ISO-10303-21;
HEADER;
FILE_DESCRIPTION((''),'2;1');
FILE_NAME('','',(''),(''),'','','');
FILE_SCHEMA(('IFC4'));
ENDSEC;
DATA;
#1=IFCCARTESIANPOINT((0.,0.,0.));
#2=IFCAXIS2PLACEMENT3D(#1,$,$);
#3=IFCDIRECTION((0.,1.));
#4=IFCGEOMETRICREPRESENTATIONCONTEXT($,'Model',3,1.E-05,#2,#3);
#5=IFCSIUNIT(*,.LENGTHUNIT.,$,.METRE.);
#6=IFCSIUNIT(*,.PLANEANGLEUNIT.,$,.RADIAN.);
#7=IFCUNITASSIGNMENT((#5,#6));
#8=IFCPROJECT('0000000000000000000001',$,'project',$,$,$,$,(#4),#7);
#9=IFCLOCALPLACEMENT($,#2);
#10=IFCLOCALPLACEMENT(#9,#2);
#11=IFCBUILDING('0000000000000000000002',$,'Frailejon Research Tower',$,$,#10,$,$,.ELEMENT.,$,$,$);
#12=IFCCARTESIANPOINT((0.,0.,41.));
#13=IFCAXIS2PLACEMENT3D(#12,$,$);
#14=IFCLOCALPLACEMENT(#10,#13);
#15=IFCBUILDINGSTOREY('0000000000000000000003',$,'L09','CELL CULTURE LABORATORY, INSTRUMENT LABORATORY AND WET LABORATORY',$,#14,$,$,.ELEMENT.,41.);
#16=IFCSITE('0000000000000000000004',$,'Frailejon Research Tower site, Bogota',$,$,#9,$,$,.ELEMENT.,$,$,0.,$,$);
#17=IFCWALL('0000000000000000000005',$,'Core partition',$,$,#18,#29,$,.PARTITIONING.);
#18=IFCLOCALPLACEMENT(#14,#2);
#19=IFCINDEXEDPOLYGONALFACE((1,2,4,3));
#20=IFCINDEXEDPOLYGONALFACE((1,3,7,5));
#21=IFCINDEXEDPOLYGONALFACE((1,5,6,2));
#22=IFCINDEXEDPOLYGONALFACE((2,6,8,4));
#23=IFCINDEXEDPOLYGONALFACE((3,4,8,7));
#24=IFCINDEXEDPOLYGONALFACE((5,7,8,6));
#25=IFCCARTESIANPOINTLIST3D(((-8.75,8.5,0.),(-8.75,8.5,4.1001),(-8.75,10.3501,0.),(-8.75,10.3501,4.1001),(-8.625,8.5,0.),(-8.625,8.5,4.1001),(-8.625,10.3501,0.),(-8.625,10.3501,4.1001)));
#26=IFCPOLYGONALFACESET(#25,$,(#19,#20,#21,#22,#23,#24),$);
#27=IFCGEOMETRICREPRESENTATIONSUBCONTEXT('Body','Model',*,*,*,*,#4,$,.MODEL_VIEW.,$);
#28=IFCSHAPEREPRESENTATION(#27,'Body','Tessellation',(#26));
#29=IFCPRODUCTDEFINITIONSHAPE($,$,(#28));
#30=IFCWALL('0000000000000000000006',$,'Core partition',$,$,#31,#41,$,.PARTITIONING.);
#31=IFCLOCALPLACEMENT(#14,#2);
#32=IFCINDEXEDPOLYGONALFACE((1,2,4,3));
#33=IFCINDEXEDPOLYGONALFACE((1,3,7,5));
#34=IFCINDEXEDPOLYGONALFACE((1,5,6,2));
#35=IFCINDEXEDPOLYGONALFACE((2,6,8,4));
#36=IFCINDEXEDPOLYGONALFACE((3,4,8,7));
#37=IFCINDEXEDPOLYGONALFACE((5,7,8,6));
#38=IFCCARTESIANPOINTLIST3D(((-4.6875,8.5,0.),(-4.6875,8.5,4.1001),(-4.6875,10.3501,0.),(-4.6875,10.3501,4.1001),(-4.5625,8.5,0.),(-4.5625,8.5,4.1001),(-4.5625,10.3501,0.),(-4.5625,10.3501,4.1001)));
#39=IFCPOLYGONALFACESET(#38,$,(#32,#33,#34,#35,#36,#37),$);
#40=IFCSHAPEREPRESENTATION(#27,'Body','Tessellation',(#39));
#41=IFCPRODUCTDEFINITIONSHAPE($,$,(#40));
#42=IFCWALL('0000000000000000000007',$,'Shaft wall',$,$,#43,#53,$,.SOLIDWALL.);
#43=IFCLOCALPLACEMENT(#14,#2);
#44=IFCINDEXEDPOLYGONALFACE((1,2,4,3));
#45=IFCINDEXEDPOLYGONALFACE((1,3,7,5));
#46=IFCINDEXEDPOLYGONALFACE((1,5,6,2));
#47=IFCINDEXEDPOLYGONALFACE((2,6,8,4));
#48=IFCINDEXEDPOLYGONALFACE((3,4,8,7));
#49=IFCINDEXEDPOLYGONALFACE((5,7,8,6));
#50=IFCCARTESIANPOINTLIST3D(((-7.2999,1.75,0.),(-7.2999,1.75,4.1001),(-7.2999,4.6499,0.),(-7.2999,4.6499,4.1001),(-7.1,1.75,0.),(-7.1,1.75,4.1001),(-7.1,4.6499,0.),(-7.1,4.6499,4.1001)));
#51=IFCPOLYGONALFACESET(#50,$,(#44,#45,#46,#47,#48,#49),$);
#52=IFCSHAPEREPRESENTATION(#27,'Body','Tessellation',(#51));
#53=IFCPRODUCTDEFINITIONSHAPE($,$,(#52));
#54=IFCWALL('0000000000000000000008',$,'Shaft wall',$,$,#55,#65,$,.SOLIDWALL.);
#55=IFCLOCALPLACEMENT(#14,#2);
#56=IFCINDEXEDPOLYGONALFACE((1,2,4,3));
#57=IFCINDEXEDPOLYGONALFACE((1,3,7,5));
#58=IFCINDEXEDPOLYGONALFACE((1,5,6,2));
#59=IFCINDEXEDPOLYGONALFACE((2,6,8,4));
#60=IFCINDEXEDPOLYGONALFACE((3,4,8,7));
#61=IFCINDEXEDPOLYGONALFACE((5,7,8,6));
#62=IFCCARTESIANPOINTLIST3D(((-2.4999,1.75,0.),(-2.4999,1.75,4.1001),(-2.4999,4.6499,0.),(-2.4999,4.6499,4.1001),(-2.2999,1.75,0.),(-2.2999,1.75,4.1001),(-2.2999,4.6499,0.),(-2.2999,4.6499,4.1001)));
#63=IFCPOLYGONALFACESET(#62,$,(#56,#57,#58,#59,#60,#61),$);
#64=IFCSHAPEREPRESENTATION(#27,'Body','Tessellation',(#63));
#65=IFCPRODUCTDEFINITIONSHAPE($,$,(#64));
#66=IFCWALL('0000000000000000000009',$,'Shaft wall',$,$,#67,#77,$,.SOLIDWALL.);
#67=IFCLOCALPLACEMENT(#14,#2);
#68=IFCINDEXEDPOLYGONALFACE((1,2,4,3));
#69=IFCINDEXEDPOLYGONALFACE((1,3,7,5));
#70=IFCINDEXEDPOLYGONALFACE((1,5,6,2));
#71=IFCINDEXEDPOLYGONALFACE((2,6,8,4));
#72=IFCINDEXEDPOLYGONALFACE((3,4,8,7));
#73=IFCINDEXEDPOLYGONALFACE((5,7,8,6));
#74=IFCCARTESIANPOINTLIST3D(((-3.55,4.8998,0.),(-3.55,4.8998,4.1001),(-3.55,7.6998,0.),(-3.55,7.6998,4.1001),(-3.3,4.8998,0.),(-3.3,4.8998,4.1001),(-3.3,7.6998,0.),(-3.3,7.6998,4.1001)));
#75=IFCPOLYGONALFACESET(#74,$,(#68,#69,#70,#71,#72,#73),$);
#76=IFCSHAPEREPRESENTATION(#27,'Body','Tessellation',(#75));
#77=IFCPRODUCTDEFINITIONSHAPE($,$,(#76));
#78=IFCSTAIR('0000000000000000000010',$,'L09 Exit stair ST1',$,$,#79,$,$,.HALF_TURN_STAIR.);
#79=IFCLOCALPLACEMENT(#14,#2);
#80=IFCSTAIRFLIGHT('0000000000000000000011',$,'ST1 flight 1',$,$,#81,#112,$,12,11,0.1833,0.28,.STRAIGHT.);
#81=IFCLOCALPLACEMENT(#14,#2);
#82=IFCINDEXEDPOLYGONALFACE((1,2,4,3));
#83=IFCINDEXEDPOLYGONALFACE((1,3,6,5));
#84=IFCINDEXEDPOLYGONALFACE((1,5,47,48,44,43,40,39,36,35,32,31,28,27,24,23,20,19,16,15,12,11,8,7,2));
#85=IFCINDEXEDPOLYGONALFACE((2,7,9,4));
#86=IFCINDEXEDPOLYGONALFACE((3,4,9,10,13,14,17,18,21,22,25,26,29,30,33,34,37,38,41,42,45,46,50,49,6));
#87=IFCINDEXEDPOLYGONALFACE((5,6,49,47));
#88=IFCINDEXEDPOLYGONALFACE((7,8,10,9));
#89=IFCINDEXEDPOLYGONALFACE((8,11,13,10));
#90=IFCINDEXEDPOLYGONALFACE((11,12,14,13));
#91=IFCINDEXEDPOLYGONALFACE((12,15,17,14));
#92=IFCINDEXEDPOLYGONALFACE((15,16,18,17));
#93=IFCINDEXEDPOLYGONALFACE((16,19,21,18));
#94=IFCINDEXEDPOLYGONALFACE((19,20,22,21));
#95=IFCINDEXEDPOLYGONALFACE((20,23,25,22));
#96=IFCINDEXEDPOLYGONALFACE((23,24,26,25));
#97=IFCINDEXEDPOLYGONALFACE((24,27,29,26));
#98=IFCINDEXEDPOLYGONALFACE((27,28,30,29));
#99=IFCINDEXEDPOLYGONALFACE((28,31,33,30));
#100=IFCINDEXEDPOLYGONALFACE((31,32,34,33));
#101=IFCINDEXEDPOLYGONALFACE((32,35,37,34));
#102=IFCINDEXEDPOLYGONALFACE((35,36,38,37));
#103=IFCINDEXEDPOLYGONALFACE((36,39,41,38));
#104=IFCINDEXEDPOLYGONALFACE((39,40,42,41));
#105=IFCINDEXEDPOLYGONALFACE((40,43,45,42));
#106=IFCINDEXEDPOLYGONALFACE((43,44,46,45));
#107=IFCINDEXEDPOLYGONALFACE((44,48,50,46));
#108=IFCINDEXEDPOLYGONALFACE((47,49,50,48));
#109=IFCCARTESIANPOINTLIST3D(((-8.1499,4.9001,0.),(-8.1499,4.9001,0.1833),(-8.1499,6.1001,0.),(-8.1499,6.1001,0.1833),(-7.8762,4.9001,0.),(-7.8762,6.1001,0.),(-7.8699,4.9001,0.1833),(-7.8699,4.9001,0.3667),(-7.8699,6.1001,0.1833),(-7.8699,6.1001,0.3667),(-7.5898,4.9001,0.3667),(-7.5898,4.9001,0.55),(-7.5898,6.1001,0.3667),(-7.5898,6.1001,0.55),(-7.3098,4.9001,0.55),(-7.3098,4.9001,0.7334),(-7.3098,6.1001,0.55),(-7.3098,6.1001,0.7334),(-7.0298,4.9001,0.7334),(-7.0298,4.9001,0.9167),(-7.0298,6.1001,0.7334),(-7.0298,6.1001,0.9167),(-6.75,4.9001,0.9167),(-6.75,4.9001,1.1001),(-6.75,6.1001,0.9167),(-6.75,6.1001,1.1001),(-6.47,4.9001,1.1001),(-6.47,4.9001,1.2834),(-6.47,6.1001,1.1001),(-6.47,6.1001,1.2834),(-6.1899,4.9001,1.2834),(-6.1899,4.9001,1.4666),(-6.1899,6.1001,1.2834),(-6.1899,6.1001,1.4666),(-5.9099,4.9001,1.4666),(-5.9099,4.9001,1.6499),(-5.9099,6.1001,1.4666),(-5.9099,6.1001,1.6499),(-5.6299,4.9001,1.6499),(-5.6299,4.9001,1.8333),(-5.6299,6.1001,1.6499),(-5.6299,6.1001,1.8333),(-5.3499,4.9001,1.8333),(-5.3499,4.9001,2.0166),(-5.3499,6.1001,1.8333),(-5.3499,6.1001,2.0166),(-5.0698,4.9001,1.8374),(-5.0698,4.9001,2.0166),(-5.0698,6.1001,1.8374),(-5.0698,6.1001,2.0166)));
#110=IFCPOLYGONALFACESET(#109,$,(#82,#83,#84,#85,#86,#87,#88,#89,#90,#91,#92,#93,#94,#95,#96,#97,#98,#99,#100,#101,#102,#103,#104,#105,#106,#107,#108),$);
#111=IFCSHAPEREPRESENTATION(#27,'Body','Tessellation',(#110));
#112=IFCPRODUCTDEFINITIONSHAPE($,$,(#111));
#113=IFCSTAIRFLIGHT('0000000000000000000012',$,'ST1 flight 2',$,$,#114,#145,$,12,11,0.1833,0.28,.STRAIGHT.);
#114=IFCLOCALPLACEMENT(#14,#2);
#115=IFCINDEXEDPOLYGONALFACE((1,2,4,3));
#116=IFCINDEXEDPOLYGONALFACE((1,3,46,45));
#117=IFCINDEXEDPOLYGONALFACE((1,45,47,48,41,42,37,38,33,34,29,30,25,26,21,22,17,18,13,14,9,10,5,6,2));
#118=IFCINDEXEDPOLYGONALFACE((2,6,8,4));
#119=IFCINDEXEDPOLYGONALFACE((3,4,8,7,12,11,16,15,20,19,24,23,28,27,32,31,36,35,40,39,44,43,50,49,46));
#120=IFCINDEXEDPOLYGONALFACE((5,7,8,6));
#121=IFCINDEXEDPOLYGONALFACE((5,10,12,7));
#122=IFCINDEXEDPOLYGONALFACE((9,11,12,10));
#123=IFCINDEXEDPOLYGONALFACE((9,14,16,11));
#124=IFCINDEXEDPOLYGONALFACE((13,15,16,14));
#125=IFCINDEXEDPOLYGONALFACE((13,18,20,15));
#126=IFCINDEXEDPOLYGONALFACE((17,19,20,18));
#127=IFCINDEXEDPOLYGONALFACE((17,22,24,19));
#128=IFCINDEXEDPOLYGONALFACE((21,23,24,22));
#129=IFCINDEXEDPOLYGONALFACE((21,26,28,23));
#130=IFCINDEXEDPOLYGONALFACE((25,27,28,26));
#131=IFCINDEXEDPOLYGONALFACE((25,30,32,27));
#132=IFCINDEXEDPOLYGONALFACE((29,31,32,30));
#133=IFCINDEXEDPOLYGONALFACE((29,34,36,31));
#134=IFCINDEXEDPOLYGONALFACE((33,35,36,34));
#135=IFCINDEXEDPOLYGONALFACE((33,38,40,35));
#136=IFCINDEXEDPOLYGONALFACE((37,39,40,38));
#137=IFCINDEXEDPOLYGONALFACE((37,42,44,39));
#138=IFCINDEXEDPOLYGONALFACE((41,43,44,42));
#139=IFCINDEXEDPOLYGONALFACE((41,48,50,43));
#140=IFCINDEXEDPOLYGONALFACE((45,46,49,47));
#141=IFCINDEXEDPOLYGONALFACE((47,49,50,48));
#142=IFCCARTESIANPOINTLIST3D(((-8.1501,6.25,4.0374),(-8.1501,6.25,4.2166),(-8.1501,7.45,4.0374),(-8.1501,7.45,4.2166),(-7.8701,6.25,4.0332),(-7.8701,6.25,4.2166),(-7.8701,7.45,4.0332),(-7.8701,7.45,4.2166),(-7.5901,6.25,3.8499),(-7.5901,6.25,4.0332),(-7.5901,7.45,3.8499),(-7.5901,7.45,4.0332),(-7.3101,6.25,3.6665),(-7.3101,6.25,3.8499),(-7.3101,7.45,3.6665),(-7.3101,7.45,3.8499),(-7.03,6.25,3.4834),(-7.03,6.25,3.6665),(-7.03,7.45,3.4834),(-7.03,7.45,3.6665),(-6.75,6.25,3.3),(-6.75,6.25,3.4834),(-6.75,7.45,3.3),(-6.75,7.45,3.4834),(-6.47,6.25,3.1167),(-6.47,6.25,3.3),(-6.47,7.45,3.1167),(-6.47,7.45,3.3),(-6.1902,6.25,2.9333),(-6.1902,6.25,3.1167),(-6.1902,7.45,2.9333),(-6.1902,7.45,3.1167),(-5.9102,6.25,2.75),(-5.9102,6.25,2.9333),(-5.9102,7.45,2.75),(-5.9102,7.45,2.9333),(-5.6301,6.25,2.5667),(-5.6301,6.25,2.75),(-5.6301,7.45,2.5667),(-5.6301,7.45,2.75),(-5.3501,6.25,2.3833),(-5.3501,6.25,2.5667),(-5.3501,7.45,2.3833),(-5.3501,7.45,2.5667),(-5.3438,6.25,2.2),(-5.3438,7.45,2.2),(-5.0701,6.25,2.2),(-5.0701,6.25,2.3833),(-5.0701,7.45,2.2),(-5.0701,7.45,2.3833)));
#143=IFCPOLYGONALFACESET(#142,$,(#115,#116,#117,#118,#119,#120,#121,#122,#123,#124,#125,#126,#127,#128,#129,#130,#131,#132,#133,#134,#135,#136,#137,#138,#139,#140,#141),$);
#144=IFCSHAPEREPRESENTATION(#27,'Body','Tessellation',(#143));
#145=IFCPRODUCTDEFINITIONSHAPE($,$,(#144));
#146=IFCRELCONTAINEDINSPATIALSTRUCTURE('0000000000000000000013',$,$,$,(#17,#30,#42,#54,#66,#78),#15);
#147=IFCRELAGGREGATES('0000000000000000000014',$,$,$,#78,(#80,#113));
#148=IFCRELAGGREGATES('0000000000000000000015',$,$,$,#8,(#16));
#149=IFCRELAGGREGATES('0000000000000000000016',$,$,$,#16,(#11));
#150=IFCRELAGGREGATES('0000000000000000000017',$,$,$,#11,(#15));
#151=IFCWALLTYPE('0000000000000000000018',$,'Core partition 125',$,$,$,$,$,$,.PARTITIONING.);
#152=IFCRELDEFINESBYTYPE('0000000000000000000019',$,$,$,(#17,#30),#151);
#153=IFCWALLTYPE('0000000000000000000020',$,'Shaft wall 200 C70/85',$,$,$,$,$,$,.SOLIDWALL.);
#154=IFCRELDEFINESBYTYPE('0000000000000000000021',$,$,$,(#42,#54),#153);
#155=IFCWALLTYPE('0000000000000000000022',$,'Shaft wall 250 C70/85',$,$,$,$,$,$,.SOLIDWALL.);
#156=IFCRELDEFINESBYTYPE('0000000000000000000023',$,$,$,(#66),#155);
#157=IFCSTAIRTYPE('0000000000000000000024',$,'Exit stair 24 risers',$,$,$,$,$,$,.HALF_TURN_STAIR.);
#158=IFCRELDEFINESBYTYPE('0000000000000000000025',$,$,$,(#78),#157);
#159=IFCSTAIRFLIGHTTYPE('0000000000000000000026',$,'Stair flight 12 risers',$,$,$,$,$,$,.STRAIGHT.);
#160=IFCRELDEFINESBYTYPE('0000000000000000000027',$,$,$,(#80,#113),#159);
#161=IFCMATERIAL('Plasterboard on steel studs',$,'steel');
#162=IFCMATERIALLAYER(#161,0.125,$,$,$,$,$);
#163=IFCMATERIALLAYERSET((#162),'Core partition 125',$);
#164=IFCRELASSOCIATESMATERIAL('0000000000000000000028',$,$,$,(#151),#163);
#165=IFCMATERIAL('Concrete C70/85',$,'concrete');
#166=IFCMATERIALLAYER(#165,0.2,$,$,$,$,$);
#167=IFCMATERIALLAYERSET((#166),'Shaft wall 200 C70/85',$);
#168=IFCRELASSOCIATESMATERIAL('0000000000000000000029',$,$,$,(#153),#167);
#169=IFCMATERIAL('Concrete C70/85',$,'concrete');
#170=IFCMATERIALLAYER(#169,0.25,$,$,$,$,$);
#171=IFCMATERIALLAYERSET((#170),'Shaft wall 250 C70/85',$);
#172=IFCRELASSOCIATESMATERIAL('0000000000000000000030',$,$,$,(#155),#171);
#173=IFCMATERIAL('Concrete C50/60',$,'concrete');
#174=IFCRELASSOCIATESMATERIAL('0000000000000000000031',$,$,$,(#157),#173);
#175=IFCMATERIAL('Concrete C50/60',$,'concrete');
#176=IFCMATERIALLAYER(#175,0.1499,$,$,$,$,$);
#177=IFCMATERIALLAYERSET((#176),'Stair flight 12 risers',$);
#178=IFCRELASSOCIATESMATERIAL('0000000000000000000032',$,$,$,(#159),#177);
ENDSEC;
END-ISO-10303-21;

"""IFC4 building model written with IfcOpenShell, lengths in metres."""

from ifc_helpers import new_model, si_unit, direction, frame, frame_2d, origin, place, context, subcontext, project, spatial, polyline, rectangle, outline, extrude, material, layer, layer_set, type_object, element, aggregate, save


model = new_model("IFC4")

# Units and contexts
model_context = context("Model", 3, precision=1e-05, world=origin(), true_north=direction((0.0, 1.0)))
body_context = subcontext(model_context, "Body", "Model", "MODEL_VIEW")
ifc_project = project(units=[si_unit("LENGTHUNIT", "METRE"), si_unit("PLANEANGLEUNIT", "RADIAN")], contexts=[model_context])

# Site, building, storey
site_placement = place(None, origin())
site = spatial("IfcSite", under=ifc_project, at=site_placement, Name="Frailejon Research Tower site, Bogota", CompositionType="ELEMENT", RefElevation=0.0)
building_placement = place(site_placement, origin())
building = spatial("IfcBuilding", under=site, at=building_placement, Name="Frailejon Research Tower", CompositionType="ELEMENT")
storey_placement = place(building_placement, frame((0.0, 0.0, 41.0)))
storey = spatial("IfcBuildingStorey", under=building, at=storey_placement, Name="L09", Description="CELL CULTURE LABORATORY, INSTRUMENT LABORATORY AND WET LABORATORY", CompositionType="ELEMENT", Elevation=41.0)

# Walls
ifc_material_1 = material(Name="Plasterboard on steel studs", Category="steel")
ifc_layer_1 = layer(ifc_material_1, 0.125)
ifc_layer_set_1 = layer_set([ifc_layer_1], Name="Core partition 125")
wall_type_1 = type_object("IfcWallType", Name="Core partition 125", PredefinedType="PARTITIONING", material=ifc_layer_set_1)
for number, where, z_axis, x_axis, name in (
    (1, (-8.6875, 8.5, 0.0), (0.0, 0.0, 1.0), (0.0, 1.0, 0.0), "Core partition"),
    (2, (-4.625, 8.5, 0.0), (0.0, 0.0, 1.0), (0.0, 1.0, 0.0), "Core partition"),
):
    element("IfcWall", number, at=place(storey_placement, frame(where, z_axis=z_axis, x_axis=x_axis)), inside=storey, type_object=wall_type_1, Name=name, PredefinedType="PARTITIONING", context=body_context, shape_type="SweptSolid", body=[
        extrude(rectangle(XDim=1.8501, YDim=0.125, at=frame_2d((0.925, 0.0))), origin(), (0.0, 0.0, 1.0), 4.1001),
    ])
ifc_material_2 = material(Name="Concrete C70/85", Category="concrete")
ifc_layer_2 = layer(ifc_material_2, 0.2)
ifc_layer_set_2 = layer_set([ifc_layer_2], Name="Shaft wall 200 C70/85")
wall_type_2 = type_object("IfcWallType", Name="Shaft wall 200 C70/85", PredefinedType="SOLIDWALL", material=ifc_layer_set_2)
for number, where, z_axis, x_axis, name in (
    (3, (-7.2, 1.75, 0.0), (0.0, 0.0, 1.0), (0.0, 1.0, 0.0), "Shaft wall"),
    (4, (-2.3999, 1.75, 0.0), (0.0, 0.0, 1.0), (0.0, 1.0, 0.0), "Shaft wall"),
):
    element("IfcWall", number, at=place(storey_placement, frame(where, z_axis=z_axis, x_axis=x_axis)), inside=storey, type_object=wall_type_2, Name=name, PredefinedType="SOLIDWALL", context=body_context, shape_type="SweptSolid", body=[
        extrude(rectangle(XDim=2.8999, YDim=0.2, at=frame_2d((1.45, 0.0))), origin(), (0.0, 0.0, 1.0), 4.1001),
    ])
ifc_material_3 = material(Name="Concrete C70/85", Category="concrete")
ifc_layer_3 = layer(ifc_material_3, 0.25)
ifc_layer_set_3 = layer_set([ifc_layer_3], Name="Shaft wall 250 C70/85")
wall_type_3 = type_object("IfcWallType", Name="Shaft wall 250 C70/85", PredefinedType="SOLIDWALL", material=ifc_layer_set_3)
wall_placement = place(storey_placement, frame((-3.425, 4.8999, 0.0), z_axis=(0.0, 0.0, 1.0), x_axis=(0.0, 1.0, 0.0)))
element("IfcWall", 5, at=wall_placement, inside=storey, type_object=wall_type_3, Name="Shaft wall", PredefinedType="SOLIDWALL", context=body_context, shape_type="SweptSolid", body=[
    extrude(rectangle(XDim=2.8, YDim=0.25, at=frame_2d((1.3999, 0.0))), origin(), (0.0, 0.0, 1.0), 4.1001),
])

# Stair, stair flights
ifc_material_4 = material(Name="Concrete C50/60", Category="concrete")
stair_type = type_object("IfcStairType", Name="Exit stair 24 risers", PredefinedType="HALF_TURN_STAIR", material=ifc_material_4)
stair_placement = place(storey_placement, origin())
stair = element("IfcStair", 6, at=stair_placement, inside=storey, type_object=stair_type, Name="L09 Exit stair ST1", PredefinedType="HALF_TURN_STAIR")
ifc_material_5 = material(Name="Concrete C50/60", Category="concrete")
ifc_layer_4 = layer(ifc_material_5, 0.1499)
ifc_layer_set_4 = layer_set([ifc_layer_4], Name="Stair flight 12 risers")
stair_flight_type = type_object("IfcStairFlightType", Name="Stair flight 12 risers", PredefinedType="STRAIGHT", material=ifc_layer_set_4)
stair_flight_1_placement = place(storey_placement, frame((-8.1499, 5.5, 0.0), z_axis=(0.0, 0.0, 1.0), x_axis=(1.0, 0.0, 0.0)))
stair_flight_1 = element("IfcStairFlight", 7, at=stair_flight_1_placement, type_object=stair_flight_type, Name="ST1 flight 1", NumberOfRisers=12, NumberOfTreads=11, PredefinedType="STRAIGHT", RiserHeight=0.1833, TreadLength=0.28, context=body_context, shape_type="SweptSolid", body=[
    extrude(outline(polyline([(0.0, 0.0), (0.0, 0.1833), (0.28, 0.1833), (0.28, 0.3667), (0.5601, 0.3667), (0.5601, 0.55), (0.8401, 0.55), (0.8401, 0.7334), (1.1201, 0.7334), (1.1201, 0.9167), (1.3999, 0.9167), (1.3999, 1.1001), (1.6799, 1.1001), (1.6799, 1.2834), (1.96, 1.2834), (1.96, 1.4666), (2.24, 1.4666), (2.24, 1.6499), (2.52, 1.6499), (2.52, 1.8333), (2.8, 1.8333), (2.8, 2.0166), (3.0801, 2.0166), (3.0801, 2.2), (3.0801, 1.8374), (0.2737, 0.0), (0.0, 0.0)])), frame((0.0, 0.6001, 0.0), z_axis=(0.0, -1.0, 0.0), x_axis=(1.0, 0.0, 0.0)), (0.0, 0.0, 1.0), 1.2),
])
stair_flight_2_placement = place(storey_placement, frame((-5.0701, 6.8501, 2.2), z_axis=(0.0, 0.0, 1.0), x_axis=(-1.0, 0.0, 0.0)))
stair_flight_2 = element("IfcStairFlight", 8, at=stair_flight_2_placement, type_object=stair_flight_type, Name="ST1 flight 2", NumberOfRisers=12, NumberOfTreads=11, PredefinedType="STRAIGHT", RiserHeight=0.1833, TreadLength=0.28, context=body_context, shape_type="SweptSolid", body=[
    extrude(outline(polyline([(0.0, 0.0), (0.0, 0.1833), (0.28, 0.1833), (0.28, 0.3667), (0.5601, 0.3667), (0.5601, 0.55), (0.8401, 0.55), (0.8401, 0.7334), (1.1201, 0.7334), (1.1201, 0.9167), (1.3999, 0.9167), (1.3999, 1.1001), (1.6799, 1.1001), (1.6799, 1.2834), (1.96, 1.2834), (1.96, 1.4666), (2.24, 1.4666), (2.24, 1.6499), (2.52, 1.6499), (2.52, 1.8333), (2.8, 1.8333), (2.8, 2.0166), (3.0801, 2.0166), (3.0801, 2.2), (3.0801, 1.8374), (0.2737, 0.0), (0.0, 0.0)])), frame((0.0, 0.6001, 0.0), z_axis=(0.0, -1.0, 0.0), x_axis=(1.0, 0.0, 0.0)), (0.0, 0.0, 1.0), 1.2),
])
aggregate(stair, [stair_flight_1, stair_flight_2])

save(model, "model.ifc")
